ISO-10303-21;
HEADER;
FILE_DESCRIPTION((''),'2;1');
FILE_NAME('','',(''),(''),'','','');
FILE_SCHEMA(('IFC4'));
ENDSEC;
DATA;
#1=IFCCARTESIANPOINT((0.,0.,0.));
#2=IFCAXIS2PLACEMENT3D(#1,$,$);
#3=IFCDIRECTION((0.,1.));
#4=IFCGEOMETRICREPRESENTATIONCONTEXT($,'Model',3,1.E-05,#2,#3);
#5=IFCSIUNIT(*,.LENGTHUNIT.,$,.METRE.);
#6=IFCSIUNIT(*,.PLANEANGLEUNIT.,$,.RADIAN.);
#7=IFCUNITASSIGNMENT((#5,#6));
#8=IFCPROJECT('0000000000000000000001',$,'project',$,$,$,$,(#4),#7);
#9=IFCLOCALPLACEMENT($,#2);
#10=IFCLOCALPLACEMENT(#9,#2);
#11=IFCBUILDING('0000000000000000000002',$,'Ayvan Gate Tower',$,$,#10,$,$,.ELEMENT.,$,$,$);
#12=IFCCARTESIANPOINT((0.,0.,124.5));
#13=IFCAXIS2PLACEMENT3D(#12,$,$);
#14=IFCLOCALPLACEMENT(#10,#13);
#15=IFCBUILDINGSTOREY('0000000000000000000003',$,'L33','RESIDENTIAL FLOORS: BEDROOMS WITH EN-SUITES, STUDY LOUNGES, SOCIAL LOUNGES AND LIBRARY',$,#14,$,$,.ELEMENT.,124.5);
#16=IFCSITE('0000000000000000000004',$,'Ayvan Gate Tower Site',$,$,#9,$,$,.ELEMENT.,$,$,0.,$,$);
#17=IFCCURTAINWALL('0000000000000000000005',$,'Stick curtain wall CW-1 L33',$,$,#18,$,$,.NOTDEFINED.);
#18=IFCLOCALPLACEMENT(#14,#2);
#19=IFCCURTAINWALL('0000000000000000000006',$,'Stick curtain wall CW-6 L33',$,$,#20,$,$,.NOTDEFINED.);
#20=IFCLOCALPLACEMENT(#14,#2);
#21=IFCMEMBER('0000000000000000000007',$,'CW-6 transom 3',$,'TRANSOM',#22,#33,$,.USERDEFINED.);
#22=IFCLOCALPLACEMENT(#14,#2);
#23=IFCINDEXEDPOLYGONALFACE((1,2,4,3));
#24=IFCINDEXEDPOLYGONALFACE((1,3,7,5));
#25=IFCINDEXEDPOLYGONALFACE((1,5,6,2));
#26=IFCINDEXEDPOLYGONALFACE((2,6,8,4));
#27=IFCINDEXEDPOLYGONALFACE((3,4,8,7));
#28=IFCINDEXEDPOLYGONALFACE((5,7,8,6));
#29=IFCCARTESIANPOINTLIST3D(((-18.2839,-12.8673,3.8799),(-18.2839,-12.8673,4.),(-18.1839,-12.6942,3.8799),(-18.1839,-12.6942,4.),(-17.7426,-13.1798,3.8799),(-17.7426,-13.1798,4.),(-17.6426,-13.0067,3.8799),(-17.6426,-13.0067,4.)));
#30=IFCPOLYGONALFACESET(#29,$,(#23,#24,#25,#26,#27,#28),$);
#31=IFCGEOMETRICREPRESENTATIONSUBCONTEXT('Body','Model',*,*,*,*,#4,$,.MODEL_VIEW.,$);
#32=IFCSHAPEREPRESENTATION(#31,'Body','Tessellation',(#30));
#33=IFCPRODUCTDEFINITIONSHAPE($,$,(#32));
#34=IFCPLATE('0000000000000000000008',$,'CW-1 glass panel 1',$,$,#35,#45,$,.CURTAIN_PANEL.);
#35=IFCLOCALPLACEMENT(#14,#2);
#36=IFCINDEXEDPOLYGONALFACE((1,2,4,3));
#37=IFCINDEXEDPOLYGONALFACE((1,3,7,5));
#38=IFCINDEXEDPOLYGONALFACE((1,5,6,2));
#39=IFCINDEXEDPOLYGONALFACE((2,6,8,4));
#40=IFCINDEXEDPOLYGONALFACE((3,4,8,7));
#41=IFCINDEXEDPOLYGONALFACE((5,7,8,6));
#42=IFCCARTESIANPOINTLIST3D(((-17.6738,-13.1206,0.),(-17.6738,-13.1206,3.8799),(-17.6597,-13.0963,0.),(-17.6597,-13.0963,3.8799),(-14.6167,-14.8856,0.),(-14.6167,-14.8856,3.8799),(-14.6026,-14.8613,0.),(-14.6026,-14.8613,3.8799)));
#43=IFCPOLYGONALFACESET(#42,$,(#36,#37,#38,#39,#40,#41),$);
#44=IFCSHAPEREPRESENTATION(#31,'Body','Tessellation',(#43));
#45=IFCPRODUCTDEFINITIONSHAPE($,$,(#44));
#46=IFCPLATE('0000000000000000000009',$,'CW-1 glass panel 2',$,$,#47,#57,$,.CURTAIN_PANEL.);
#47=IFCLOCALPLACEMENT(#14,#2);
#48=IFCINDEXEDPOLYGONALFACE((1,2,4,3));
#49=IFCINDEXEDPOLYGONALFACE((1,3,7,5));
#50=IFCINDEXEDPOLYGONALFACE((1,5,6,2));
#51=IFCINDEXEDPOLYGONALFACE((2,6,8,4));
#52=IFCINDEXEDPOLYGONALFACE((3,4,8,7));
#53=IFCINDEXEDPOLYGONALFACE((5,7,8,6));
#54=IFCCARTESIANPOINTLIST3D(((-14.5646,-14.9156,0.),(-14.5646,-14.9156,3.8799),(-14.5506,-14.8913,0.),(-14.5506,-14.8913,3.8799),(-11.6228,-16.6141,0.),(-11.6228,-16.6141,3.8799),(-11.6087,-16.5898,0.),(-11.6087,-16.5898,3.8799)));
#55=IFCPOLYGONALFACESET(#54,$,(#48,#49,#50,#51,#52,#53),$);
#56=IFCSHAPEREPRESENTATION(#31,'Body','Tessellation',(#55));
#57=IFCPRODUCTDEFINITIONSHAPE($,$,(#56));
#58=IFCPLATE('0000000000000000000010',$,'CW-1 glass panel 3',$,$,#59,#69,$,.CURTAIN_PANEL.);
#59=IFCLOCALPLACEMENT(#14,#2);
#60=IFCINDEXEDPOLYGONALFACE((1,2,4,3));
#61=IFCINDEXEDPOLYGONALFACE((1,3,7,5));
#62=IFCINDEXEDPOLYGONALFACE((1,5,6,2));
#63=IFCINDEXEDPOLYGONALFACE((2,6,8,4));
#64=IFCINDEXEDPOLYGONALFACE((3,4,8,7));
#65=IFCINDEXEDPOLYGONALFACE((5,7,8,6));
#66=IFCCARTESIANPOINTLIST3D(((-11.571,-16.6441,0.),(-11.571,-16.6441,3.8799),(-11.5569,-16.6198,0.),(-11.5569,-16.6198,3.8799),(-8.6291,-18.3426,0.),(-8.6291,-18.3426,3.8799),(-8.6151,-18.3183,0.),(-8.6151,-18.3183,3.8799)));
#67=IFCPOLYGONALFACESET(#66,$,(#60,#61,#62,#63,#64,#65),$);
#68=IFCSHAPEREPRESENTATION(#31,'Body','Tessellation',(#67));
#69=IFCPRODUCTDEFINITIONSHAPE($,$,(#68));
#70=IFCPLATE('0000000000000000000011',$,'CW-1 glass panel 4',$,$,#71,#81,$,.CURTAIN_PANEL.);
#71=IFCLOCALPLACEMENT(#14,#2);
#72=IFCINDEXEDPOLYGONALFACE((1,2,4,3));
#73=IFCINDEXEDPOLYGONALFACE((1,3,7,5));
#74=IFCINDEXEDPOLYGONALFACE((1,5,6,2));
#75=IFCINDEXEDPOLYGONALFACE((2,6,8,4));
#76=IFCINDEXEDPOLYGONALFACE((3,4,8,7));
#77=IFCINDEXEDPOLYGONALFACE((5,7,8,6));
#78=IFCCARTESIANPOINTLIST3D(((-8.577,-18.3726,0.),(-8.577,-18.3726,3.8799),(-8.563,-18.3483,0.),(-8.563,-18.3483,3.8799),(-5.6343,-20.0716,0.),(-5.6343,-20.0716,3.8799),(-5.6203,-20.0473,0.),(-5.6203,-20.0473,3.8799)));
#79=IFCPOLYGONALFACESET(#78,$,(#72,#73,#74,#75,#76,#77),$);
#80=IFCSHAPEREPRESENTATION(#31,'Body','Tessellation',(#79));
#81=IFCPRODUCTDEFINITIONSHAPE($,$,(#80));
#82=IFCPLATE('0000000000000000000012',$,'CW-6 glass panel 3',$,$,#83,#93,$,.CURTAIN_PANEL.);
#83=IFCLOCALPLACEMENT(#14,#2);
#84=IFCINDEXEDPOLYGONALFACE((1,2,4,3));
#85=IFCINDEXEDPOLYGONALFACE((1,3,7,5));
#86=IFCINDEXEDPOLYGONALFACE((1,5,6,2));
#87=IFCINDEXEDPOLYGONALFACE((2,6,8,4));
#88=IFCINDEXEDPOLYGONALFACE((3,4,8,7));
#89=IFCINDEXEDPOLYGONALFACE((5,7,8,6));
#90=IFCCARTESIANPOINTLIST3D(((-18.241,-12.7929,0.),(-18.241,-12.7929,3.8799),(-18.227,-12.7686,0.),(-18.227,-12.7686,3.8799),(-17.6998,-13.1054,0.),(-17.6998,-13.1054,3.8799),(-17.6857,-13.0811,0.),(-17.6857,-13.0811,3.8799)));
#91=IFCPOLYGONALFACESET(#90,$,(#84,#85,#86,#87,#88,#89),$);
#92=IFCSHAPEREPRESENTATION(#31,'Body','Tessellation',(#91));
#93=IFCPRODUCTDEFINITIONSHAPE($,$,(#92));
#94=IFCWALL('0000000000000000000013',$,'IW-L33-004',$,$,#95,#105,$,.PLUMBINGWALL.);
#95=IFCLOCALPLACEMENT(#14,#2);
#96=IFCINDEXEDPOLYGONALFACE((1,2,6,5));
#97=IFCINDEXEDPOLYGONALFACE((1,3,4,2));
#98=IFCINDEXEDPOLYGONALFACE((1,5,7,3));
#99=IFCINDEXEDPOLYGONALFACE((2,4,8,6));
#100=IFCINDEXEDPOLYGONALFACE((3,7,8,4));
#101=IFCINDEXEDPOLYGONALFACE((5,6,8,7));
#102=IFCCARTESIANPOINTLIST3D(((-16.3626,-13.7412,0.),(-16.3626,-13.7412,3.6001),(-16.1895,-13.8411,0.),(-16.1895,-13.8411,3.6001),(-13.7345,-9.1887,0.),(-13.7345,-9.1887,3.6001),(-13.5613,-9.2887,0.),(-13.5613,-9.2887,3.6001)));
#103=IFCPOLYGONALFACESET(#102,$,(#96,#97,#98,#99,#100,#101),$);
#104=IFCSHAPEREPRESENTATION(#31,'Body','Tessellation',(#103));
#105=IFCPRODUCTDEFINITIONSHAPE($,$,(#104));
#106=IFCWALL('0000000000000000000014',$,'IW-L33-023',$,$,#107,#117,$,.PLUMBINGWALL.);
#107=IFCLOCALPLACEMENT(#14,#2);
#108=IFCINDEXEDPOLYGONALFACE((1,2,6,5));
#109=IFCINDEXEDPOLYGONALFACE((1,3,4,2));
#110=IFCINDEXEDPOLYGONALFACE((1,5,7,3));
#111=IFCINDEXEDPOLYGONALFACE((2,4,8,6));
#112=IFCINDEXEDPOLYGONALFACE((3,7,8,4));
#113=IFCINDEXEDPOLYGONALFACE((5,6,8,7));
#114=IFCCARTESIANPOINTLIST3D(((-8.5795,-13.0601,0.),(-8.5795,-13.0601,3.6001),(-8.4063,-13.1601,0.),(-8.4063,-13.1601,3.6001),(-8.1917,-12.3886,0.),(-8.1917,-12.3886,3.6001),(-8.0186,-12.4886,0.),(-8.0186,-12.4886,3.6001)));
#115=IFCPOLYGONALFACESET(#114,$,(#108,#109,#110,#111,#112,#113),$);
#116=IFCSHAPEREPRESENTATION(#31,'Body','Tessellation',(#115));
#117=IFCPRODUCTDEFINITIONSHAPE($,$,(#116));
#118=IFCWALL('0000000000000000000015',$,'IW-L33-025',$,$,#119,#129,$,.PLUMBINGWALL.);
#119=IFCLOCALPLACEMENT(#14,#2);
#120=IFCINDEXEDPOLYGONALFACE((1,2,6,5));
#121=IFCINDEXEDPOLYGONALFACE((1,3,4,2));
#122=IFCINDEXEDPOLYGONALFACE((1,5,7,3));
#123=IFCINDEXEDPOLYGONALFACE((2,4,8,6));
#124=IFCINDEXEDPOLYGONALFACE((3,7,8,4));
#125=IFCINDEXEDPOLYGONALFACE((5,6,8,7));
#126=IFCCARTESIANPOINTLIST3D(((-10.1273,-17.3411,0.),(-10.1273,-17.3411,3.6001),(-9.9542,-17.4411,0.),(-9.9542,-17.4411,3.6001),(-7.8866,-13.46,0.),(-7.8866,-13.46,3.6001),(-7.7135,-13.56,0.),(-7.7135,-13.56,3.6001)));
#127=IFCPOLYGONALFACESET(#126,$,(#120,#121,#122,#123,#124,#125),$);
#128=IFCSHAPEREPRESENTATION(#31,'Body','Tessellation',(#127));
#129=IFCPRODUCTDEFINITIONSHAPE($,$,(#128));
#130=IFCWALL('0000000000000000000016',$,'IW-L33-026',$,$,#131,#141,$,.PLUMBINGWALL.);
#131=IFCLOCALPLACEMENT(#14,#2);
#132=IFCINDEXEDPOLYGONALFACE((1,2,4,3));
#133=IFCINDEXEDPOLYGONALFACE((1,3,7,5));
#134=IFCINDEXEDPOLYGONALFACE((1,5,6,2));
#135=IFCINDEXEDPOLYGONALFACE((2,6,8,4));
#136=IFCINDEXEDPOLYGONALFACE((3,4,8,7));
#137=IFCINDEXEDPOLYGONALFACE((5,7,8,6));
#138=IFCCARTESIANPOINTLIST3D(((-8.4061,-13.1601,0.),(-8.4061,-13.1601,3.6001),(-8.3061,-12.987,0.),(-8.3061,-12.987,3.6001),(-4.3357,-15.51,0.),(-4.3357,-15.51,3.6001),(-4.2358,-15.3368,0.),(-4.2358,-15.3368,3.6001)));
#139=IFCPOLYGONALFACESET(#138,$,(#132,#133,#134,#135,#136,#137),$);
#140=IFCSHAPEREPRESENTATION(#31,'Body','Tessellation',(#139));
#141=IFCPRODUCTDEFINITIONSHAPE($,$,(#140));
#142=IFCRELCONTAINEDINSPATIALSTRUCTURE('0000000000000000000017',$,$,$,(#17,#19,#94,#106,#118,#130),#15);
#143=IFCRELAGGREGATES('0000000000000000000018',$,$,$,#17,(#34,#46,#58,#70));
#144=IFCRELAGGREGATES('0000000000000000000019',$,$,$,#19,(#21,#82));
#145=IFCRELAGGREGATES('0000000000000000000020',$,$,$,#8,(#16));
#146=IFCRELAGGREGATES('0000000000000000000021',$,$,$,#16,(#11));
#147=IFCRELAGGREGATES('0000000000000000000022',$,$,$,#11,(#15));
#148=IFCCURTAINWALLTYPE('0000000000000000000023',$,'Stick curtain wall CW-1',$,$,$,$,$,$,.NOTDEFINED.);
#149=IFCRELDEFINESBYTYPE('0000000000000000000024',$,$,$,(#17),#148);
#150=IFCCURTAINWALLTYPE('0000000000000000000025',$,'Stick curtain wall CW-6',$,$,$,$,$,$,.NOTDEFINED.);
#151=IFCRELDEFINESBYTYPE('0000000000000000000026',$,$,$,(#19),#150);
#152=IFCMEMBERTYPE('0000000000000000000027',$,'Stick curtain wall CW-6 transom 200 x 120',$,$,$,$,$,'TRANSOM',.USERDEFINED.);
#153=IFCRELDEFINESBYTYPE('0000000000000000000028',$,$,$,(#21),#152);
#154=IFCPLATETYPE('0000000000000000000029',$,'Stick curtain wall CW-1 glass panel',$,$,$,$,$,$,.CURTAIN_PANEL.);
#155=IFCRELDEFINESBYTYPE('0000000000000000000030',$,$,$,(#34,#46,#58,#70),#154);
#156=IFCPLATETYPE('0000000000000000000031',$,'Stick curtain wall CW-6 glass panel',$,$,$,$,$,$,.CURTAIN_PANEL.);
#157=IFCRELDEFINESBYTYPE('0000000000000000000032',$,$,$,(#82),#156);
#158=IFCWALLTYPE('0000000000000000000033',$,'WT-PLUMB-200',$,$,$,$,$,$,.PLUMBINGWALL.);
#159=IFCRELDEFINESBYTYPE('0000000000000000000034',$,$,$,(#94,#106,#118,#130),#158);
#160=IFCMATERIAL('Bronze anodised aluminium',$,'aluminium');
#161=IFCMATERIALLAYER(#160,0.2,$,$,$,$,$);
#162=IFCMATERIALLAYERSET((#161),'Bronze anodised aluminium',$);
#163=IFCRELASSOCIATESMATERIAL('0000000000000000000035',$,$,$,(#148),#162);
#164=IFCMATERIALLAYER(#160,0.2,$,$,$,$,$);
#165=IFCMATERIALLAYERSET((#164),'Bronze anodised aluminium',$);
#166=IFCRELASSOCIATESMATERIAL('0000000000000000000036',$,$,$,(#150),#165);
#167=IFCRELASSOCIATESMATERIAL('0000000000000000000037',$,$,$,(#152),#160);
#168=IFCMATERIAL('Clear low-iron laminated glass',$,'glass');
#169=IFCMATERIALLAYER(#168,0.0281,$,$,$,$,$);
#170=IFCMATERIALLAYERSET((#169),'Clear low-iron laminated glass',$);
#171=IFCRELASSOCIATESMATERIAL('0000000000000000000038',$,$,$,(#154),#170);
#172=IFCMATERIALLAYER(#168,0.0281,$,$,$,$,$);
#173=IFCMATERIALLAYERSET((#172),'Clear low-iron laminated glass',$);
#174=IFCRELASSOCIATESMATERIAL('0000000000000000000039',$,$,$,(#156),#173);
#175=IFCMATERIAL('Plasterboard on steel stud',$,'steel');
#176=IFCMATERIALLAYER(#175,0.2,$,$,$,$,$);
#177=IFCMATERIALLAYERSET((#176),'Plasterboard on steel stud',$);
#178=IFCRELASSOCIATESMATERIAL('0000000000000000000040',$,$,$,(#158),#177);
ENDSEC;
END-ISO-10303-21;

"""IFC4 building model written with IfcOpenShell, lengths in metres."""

from ifc_helpers import new_model, si_unit, direction, frame, frame_2d, origin, origin_2d, place, context, subcontext, project, spatial, rectangle, extrude, material, layer, layer_set, material_profile, profile_set, type_object, element, aggregate, save


model = new_model("IFC4")

# Units and contexts
model_context = context("Model", 3, precision=1e-05, world=origin(), true_north=direction((0.0, 1.0)))
body_context = subcontext(model_context, "Body", "Model", "MODEL_VIEW")
ifc_project = project(units=[si_unit("LENGTHUNIT", "METRE"), si_unit("PLANEANGLEUNIT", "RADIAN")], contexts=[model_context])

# Site, building, storey
site_placement = place(None, origin())
site = spatial("IfcSite", under=ifc_project, at=site_placement, Name="Ayvan Gate Tower Site", CompositionType="ELEMENT", RefElevation=0.0)
building_placement = place(site_placement, origin())
building = spatial("IfcBuilding", under=site, at=building_placement, Name="Ayvan Gate Tower", CompositionType="ELEMENT")
storey_placement = place(building_placement, frame((0.0, 0.0, 124.5)))
storey = spatial("IfcBuildingStorey", under=building, at=storey_placement, Name="L33", Description="RESIDENTIAL FLOORS: BEDROOMS WITH EN-SUITES, STUDY LOUNGES, SOCIAL LOUNGES AND LIBRARY", CompositionType="ELEMENT", Elevation=124.5)

# Curtain walls, member
ifc_material_1 = material(Name="Bronze anodised aluminium", Category="aluminium")
ifc_layer_1 = layer(ifc_material_1, 0.2)
ifc_layer_set_1 = layer_set([ifc_layer_1], Name="Bronze anodised aluminium")
curtain_wall_type_1 = type_object("IfcCurtainWallType", Name="Stick curtain wall CW-1", PredefinedType="NOTDEFINED", material=ifc_layer_set_1)
curtain_wall_1_placement = place(storey_placement, origin())
curtain_wall_1 = element("IfcCurtainWall", 1, at=curtain_wall_1_placement, inside=storey, type_object=curtain_wall_type_1, Name="Stick curtain wall CW-1 L33", PredefinedType="NOTDEFINED")
ifc_layer_2 = layer(ifc_material_1, 0.2)
ifc_layer_set_2 = layer_set([ifc_layer_2], Name="Bronze anodised aluminium")
curtain_wall_type_2 = type_object("IfcCurtainWallType", Name="Stick curtain wall CW-6", PredefinedType="NOTDEFINED", material=ifc_layer_set_2)
curtain_wall_2_placement = place(storey_placement, origin())
curtain_wall_2 = element("IfcCurtainWall", 2, at=curtain_wall_2_placement, inside=storey, type_object=curtain_wall_type_2, Name="Stick curtain wall CW-6 L33", PredefinedType="NOTDEFINED")
ifc_material_profile_1 = material_profile(ifc_material_1, rectangle(XDim=0.2, YDim=0.1201, at=origin_2d()), Name="Stick curtain wall CW-6 transom 200 x 120")
ifc_profile_set_1 = profile_set([ifc_material_profile_1], Name="Bronze anodised aluminium")
member_type_1 = type_object("IfcMemberType", Name="Stick curtain wall CW-6 transom 200 x 120", ElementType="TRANSOM", PredefinedType="USERDEFINED", material=ifc_profile_set_1)
member_1_placement = place(storey_placement, frame((-18.2339, -12.7808, 3.9399), z_axis=(0.866023, -0.500004, 0.0), x_axis=(0.500004, 0.866023, 0.0)))
member_1 = element("IfcMember", 3, at=member_1_placement, type_object=member_type_1, Name="CW-6 transom 3", ObjectType="TRANSOM", PredefinedType="USERDEFINED", context=body_context, shape_type="SweptSolid", body=[
    extrude(rectangle(XDim=0.2, YDim=0.1201, at=origin_2d()), origin(), (0.0, 0.0, 1.0), 0.625),
])

# Plates
ifc_material_2 = material(Name="Clear low-iron laminated glass", Category="glass")
ifc_layer_3 = layer(ifc_material_2, 0.0281)
ifc_layer_set_3 = layer_set([ifc_layer_3], Name="Clear low-iron laminated glass")
plate_type_1 = type_object("IfcPlateType", Name="Stick curtain wall CW-1 glass panel", PredefinedType="CURTAIN_PANEL", material=ifc_layer_set_3)
plate_1_placement = place(storey_placement, frame((-16.1382, -13.991, 0.0), z_axis=(0.0, 0.0, 1.0), x_axis=(0.866025, -0.5, 0.0)))
plate_1 = element("IfcPlate", 4, at=plate_1_placement, type_object=plate_type_1, Name="CW-1 glass panel 1", PredefinedType="CURTAIN_PANEL", context=body_context, shape_type="SweptSolid", body=[
    extrude(rectangle(XDim=3.53, YDim=0.0281, at=origin_2d()), origin(), (0.0, 0.0, 1.0), 3.8799),
])
plate_2_placement = place(storey_placement, frame((-13.0867, -15.7527, 0.0), z_axis=(0.0, 0.0, 1.0), x_axis=(0.866025, -0.5, 0.0)))
plate_2 = element("IfcPlate", 5, at=plate_2_placement, type_object=plate_type_1, Name="CW-1 glass panel 2", PredefinedType="CURTAIN_PANEL", context=body_context, shape_type="SweptSolid", body=[
    extrude(rectangle(XDim=3.397, YDim=0.0281, at=origin_2d()), origin(), (0.0, 0.0, 1.0), 3.8799),
])
plate_3_placement = place(storey_placement, frame((-10.093, -17.4812, 0.0), z_axis=(0.0, 0.0, 1.0), x_axis=(0.866025, -0.5, 0.0)))
plate_3 = element("IfcPlate", 6, at=plate_3_placement, type_object=plate_type_1, Name="CW-1 glass panel 3", PredefinedType="CURTAIN_PANEL", context=body_context, shape_type="SweptSolid", body=[
    extrude(rectangle(XDim=3.397, YDim=0.0281, at=origin_2d()), origin(), (0.0, 0.0, 1.0), 3.8799),
])
plate_4_placement = place(storey_placement, frame((-7.0986, -19.21, 0.0), z_axis=(0.0, 0.0, 1.0), x_axis=(0.866025, -0.5, 0.0)))
plate_4 = element("IfcPlate", 7, at=plate_4_placement, type_object=plate_type_1, Name="CW-1 glass panel 4", PredefinedType="CURTAIN_PANEL", context=body_context, shape_type="SweptSolid", body=[
    extrude(rectangle(XDim=3.3979, YDim=0.0281, at=origin_2d()), origin(), (0.0, 0.0, 1.0), 3.8799),
])
aggregate(curtain_wall_1, [plate_1, plate_2, plate_3, plate_4])
ifc_layer_4 = layer(ifc_material_2, 0.0281)
ifc_layer_set_4 = layer_set([ifc_layer_4], Name="Clear low-iron laminated glass")
plate_type_2 = type_object("IfcPlateType", Name="Stick curtain wall CW-6 glass panel", PredefinedType="CURTAIN_PANEL", material=ifc_layer_set_4)
plate_5_placement = place(storey_placement, frame((-17.9634, -12.937, 0.0), z_axis=(0.0, 0.0, 1.0), x_axis=(0.866025, -0.5, 0.0)))
plate_5 = element("IfcPlate", 8, at=plate_5_placement, type_object=plate_type_2, Name="CW-6 glass panel 3", PredefinedType="CURTAIN_PANEL", context=body_context, shape_type="SweptSolid", body=[
    extrude(rectangle(XDim=0.625, YDim=0.0281, at=origin_2d()), origin(), (0.0, 0.0, 1.0), 3.8799),
])
aggregate(curtain_wall_2, [member_1, plate_5])

# Walls
ifc_material_3 = material(Name="Plasterboard on steel stud", Category="steel")
ifc_layer_5 = layer(ifc_material_3, 0.2)
ifc_layer_set_5 = layer_set([ifc_layer_5], Name="Plasterboard on steel stud")
wall_type = type_object("IfcWallType", Name="WT-PLUMB-200", PredefinedType="PLUMBINGWALL", material=ifc_layer_set_5)
wall_1_placement = place(storey_placement, frame((-16.2761, -13.7913, 0.0), z_axis=(0.0, 0.0, 1.0), x_axis=(0.49997, 0.866043, 0.0)))
element("IfcWall", 9, at=wall_1_placement, inside=storey, type_object=wall_type, Name="IW-L33-004", PredefinedType="PLUMBINGWALL", context=body_context, shape_type="SweptSolid", body=[
    extrude(rectangle(XDim=5.2566, YDim=0.2, at=frame_2d((2.6284, 0.0))), origin(), (0.0, 0.0, 1.0), 3.6001),
])
wall_2_placement = place(storey_placement, frame((-8.4929, -13.1101, 0.0), z_axis=(0.0, 0.0, 1.0), x_axis=(0.500068, 0.865986, 0.0)))
element("IfcWall", 10, at=wall_2_placement, inside=storey, type_object=wall_type, Name="IW-L33-023", PredefinedType="PLUMBINGWALL", context=body_context, shape_type="SweptSolid", body=[
    extrude(rectangle(XDim=0.7754, YDim=0.2, at=frame_2d((0.3877, 0.0))), origin(), (0.0, 0.0, 1.0), 3.6001),
])
wall_3_placement = place(storey_placement, frame((-7.8, -13.51, 0.0), z_axis=(0.0, 0.0, 1.0), x_axis=(-0.499994, -0.866029, 0.0)))
element("IfcWall", 11, at=wall_3_placement, inside=storey, type_object=wall_type, Name="IW-L33-025", PredefinedType="PLUMBINGWALL", context=body_context, shape_type="SweptSolid", body=[
    extrude(rectangle(XDim=4.4814, YDim=0.2, at=frame_2d((2.2407, 0.0))), origin(), (0.0, 0.0, 1.0), 3.6001),
])
wall_4_placement = place(storey_placement, frame((-8.3562, -13.0735, 0.0), z_axis=(0.0, 0.0, 1.0), x_axis=(0.866039, -0.499977, 0.0)))
element("IfcWall", 12, at=wall_4_placement, inside=storey, type_object=wall_type, Name="IW-L33-026", PredefinedType="PLUMBINGWALL", context=body_context, shape_type="SweptSolid", body=[
    extrude(rectangle(XDim=4.7, YDim=0.2, at=frame_2d((2.3501, 0.0))), origin(), (0.0, 0.0, 1.0), 3.6001),
])

save(model, "model.ifc")
